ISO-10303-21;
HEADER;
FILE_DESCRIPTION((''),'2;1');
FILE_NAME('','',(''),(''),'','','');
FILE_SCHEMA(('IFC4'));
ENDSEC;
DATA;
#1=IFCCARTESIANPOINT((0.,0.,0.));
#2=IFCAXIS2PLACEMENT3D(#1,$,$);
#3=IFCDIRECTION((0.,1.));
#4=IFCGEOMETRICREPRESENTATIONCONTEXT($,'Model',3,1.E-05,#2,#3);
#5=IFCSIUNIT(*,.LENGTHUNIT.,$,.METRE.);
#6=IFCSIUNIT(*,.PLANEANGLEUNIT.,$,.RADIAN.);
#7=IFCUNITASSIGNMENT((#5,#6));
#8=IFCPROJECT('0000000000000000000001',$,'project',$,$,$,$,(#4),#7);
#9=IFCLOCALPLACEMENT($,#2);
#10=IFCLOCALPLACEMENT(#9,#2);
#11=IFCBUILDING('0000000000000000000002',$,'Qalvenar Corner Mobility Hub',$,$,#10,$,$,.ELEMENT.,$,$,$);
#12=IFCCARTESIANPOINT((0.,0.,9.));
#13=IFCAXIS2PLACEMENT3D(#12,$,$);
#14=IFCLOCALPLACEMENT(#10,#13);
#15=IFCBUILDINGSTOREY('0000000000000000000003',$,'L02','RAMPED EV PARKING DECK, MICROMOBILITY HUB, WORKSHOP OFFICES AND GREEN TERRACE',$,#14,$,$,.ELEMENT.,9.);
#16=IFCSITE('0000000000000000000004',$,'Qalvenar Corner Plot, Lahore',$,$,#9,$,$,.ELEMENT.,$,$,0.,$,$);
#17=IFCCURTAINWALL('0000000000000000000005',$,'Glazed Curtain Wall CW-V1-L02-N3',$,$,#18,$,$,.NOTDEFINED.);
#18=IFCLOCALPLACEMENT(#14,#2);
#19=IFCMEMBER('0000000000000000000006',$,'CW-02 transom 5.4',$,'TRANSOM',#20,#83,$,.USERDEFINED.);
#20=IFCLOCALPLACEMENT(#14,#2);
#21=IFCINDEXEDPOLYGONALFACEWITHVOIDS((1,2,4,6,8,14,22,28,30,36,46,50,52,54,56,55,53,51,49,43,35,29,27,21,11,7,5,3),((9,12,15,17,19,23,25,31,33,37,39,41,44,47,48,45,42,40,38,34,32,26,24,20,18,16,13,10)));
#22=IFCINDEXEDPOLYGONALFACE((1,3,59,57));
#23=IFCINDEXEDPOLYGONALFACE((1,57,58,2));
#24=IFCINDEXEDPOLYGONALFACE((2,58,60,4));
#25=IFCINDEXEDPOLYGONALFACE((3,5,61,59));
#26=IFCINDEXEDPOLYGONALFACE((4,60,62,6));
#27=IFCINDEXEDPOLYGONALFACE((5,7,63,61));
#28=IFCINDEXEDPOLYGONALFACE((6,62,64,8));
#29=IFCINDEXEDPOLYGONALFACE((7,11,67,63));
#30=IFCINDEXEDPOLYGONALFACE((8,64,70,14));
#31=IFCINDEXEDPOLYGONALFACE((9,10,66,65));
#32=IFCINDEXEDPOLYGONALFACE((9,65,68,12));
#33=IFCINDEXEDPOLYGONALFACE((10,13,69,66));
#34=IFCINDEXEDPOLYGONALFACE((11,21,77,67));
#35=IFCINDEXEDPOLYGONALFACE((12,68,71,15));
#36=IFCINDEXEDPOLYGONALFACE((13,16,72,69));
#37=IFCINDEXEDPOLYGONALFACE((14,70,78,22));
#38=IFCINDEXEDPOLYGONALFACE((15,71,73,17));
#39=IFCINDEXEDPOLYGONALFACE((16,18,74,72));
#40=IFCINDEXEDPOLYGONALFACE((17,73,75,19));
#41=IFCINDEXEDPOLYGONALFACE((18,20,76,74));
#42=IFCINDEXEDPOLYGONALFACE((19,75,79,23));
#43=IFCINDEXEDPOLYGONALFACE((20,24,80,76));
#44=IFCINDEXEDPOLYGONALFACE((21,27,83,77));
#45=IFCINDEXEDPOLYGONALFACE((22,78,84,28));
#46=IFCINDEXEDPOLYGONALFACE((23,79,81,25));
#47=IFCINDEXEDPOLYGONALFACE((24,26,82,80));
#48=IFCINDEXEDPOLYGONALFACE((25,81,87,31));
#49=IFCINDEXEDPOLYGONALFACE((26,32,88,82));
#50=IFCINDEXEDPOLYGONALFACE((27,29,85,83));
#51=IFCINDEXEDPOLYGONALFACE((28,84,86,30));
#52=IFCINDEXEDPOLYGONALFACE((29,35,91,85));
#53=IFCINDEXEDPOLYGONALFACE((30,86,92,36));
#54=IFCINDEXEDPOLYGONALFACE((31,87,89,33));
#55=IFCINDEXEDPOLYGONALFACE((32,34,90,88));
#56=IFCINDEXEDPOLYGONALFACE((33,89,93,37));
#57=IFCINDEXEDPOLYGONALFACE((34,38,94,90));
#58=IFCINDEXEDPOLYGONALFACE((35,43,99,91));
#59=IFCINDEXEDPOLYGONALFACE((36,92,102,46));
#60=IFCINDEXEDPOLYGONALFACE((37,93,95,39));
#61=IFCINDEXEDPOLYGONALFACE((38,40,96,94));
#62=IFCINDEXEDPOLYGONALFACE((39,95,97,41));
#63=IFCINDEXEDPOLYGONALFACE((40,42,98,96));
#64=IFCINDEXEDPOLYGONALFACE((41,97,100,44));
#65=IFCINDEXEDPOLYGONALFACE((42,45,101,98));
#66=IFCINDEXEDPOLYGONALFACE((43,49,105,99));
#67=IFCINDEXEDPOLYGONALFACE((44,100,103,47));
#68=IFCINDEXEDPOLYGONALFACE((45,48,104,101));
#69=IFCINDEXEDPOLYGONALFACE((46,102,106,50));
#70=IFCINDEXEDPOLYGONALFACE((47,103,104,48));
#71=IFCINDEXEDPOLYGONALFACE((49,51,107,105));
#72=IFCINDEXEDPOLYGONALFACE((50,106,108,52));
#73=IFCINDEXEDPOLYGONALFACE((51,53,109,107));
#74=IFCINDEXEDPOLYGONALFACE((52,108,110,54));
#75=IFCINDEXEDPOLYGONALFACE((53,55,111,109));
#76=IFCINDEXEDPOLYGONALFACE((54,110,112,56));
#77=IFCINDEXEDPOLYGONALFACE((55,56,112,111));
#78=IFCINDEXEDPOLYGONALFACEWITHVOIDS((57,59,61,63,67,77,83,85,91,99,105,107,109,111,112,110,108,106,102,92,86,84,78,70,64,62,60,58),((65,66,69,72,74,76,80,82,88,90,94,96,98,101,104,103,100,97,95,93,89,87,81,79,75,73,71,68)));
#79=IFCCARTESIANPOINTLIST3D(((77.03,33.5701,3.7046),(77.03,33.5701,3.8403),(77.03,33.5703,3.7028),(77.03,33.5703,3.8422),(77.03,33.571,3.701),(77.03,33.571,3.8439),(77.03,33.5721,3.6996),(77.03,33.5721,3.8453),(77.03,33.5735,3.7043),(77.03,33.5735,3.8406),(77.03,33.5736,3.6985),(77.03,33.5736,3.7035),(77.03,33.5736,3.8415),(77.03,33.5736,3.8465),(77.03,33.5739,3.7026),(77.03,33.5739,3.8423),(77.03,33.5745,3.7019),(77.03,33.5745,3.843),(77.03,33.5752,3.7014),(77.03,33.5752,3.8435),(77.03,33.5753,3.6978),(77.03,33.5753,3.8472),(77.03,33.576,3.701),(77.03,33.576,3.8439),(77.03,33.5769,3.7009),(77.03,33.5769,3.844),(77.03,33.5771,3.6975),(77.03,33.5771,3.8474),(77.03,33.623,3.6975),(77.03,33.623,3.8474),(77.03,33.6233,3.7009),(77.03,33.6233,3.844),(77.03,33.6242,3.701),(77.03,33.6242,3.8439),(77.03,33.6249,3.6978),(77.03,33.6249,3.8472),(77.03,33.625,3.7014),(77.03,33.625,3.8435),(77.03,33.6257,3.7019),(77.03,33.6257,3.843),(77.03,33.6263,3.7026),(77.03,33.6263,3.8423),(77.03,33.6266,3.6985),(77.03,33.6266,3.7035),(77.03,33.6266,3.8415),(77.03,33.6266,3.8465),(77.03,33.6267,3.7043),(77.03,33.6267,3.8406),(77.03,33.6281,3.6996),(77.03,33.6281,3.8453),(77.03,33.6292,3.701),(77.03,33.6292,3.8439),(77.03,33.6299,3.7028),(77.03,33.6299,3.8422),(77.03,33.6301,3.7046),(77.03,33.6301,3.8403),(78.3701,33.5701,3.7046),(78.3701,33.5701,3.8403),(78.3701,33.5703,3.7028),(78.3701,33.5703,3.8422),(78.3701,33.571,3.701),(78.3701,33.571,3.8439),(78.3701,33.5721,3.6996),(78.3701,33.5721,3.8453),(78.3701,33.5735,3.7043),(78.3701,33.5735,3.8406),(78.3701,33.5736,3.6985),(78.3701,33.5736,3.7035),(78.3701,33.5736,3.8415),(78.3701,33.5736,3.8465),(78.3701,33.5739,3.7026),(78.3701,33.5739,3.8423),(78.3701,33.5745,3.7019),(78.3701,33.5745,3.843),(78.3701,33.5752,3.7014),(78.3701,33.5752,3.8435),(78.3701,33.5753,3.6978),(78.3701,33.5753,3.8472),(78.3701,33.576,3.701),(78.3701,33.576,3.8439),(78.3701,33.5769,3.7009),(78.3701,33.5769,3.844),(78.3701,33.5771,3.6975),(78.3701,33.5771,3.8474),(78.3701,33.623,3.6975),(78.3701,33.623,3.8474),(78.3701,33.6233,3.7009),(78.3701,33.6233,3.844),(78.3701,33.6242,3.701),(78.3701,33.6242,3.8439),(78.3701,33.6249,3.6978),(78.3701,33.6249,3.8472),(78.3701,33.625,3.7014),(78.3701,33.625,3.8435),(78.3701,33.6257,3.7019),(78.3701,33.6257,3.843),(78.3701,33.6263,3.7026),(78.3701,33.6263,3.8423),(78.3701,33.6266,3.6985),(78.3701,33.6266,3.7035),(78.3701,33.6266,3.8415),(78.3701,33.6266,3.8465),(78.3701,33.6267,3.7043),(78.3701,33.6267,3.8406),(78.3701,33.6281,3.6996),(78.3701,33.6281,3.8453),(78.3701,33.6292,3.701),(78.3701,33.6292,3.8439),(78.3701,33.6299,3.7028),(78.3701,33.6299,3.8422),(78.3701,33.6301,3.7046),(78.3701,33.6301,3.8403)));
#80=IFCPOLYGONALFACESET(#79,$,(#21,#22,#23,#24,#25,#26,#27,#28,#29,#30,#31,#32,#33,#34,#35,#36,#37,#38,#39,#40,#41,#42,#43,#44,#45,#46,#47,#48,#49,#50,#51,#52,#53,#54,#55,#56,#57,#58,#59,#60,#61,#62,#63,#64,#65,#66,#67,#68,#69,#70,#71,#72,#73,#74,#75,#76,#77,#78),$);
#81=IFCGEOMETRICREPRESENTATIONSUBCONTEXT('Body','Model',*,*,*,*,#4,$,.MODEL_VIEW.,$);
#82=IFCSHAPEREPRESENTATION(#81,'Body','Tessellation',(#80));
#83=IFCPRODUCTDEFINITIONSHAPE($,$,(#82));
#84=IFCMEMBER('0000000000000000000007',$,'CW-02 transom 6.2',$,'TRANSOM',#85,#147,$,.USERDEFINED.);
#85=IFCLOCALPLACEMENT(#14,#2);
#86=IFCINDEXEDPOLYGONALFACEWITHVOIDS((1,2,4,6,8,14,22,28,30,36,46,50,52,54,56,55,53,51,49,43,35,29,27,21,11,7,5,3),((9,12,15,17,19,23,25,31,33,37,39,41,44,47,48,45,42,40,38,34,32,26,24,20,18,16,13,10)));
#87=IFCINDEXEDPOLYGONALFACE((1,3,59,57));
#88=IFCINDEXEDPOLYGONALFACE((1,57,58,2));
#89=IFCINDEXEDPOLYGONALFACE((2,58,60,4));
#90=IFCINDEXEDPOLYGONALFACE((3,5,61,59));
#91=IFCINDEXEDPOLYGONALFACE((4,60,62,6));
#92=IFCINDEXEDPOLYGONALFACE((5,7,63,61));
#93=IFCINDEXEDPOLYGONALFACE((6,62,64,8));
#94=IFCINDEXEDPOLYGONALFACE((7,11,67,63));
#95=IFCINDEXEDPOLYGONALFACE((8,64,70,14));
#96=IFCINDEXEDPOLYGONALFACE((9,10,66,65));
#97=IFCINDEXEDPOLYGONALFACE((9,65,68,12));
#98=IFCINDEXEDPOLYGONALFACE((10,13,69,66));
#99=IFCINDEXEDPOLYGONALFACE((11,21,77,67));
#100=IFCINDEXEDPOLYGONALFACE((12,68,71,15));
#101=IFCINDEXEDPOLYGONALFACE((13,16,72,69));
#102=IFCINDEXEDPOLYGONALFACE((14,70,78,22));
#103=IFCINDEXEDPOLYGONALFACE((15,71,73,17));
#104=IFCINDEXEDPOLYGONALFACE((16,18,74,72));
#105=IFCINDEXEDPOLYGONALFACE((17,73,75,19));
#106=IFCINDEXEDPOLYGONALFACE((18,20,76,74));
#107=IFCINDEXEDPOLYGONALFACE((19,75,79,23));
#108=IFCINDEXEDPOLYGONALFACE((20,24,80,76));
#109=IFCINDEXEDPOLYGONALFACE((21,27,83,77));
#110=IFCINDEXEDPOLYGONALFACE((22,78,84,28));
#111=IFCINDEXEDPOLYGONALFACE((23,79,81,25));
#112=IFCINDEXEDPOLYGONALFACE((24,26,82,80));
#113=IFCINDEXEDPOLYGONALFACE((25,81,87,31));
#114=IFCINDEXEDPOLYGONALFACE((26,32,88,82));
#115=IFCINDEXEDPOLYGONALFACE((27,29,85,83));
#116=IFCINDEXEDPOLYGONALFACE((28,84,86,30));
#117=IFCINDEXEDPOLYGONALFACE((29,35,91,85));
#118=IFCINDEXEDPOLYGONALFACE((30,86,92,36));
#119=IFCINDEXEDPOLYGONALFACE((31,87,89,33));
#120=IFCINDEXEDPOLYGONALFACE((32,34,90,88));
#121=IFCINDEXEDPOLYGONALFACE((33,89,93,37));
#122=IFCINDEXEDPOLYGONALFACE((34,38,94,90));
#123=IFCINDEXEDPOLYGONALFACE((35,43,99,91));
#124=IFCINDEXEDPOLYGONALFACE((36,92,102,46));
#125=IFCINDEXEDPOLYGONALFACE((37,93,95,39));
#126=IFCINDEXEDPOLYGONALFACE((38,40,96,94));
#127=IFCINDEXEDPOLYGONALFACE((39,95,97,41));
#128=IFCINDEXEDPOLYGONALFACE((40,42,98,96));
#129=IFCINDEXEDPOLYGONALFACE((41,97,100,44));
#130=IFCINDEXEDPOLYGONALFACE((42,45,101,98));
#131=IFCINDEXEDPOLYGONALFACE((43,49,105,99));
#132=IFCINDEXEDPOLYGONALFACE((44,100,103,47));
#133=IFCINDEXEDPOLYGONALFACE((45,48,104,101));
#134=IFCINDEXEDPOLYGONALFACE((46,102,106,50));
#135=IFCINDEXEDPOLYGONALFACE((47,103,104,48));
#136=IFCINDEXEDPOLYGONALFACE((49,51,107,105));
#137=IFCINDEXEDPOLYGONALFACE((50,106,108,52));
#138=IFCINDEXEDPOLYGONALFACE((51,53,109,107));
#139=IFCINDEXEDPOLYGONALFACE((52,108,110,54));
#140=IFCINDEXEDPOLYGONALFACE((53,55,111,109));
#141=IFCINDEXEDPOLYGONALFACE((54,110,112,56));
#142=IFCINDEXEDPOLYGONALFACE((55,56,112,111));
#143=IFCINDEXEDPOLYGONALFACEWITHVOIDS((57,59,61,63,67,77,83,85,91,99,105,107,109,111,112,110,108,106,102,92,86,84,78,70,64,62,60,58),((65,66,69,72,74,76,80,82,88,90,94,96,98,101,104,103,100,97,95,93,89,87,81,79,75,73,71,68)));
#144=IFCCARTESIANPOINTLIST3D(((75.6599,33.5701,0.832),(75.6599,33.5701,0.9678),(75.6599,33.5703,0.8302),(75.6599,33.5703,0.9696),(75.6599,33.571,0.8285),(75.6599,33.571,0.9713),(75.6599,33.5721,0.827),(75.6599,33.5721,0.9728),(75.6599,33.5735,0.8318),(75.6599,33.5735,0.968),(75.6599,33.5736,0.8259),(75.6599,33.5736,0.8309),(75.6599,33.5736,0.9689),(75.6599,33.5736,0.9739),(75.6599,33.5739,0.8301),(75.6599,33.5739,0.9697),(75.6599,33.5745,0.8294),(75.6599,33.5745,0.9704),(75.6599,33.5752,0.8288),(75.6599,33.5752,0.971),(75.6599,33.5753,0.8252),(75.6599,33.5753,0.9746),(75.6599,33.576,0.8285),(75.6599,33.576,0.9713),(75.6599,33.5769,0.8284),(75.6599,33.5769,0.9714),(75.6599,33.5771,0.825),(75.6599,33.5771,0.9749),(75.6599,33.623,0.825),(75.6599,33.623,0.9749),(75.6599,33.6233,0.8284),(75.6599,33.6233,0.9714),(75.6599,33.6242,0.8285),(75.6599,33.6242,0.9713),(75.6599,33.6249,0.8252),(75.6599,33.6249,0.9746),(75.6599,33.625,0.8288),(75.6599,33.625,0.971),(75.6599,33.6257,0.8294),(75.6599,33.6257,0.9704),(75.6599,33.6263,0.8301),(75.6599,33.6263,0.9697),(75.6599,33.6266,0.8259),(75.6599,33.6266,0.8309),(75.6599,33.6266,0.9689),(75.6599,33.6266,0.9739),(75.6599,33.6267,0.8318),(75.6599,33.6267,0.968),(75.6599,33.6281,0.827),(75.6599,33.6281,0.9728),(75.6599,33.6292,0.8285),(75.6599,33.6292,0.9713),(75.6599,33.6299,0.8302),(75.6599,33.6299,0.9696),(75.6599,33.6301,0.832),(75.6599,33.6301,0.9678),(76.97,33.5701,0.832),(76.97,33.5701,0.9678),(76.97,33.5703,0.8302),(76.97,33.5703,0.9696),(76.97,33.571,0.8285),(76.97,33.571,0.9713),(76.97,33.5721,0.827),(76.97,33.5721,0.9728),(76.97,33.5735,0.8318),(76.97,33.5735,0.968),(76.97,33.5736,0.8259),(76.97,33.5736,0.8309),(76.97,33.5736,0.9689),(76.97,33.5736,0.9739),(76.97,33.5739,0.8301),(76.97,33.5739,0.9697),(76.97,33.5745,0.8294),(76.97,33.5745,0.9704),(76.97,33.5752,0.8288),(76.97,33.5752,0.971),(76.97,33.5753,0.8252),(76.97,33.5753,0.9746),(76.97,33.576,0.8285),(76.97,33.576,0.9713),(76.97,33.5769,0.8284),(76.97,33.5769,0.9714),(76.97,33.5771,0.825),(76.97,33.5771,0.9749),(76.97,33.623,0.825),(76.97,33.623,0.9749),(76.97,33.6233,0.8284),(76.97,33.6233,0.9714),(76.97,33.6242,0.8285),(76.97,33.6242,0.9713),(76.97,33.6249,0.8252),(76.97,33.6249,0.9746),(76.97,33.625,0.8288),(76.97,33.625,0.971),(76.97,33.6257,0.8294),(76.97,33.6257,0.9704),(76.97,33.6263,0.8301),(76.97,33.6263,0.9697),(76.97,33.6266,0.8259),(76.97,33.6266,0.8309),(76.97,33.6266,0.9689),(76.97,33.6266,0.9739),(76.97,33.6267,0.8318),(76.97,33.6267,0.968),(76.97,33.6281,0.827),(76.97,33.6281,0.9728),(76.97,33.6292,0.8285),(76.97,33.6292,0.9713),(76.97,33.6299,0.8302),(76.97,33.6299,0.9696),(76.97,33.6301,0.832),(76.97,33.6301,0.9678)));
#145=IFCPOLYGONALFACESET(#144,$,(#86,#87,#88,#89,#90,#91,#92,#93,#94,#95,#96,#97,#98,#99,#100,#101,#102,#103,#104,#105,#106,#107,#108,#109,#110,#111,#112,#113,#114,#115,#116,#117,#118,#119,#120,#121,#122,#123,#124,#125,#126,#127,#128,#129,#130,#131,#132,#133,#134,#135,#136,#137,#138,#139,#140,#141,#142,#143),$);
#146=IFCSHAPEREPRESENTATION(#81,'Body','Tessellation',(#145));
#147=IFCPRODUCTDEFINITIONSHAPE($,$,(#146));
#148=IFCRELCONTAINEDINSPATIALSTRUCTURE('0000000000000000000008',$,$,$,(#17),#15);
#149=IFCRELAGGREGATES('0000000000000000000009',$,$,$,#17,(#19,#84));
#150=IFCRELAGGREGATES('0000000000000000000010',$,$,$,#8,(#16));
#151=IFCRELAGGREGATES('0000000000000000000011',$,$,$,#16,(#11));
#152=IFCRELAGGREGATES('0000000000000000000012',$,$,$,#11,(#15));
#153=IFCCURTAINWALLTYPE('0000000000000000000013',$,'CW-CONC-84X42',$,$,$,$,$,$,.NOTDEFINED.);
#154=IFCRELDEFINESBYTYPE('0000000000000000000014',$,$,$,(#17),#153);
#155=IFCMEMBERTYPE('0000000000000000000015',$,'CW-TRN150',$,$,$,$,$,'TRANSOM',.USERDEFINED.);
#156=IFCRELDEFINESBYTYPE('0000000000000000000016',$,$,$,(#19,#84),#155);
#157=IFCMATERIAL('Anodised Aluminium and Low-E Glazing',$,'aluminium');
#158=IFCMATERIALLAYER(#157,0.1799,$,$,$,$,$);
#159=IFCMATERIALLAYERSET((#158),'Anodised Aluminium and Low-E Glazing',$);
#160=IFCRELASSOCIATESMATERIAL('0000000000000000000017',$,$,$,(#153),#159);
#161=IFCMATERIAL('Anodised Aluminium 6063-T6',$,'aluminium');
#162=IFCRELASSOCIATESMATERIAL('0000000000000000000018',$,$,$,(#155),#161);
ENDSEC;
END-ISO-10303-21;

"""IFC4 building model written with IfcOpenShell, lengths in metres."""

from ifc_helpers import new_model, si_unit, direction, frame, origin, origin_2d, place, context, subcontext, project, spatial, hollow_rectangle, extrude, material, layer, layer_set, material_profile, profile_set, type_object, element, aggregate, save


model = new_model("IFC4")

# Units and contexts
model_context = context("Model", 3, precision=1e-05, world=origin(), true_north=direction((0.0, 1.0)))
body_context = subcontext(model_context, "Body", "Model", "MODEL_VIEW")
ifc_project = project(units=[si_unit("LENGTHUNIT", "METRE"), si_unit("PLANEANGLEUNIT", "RADIAN")], contexts=[model_context])

# Site, building, storey
site_placement = place(None, origin())
site = spatial("IfcSite", under=ifc_project, at=site_placement, Name="Qalvenar Corner Plot, Lahore", CompositionType="ELEMENT", RefElevation=0.0)
building_placement = place(site_placement, origin())
building = spatial("IfcBuilding", under=site, at=building_placement, Name="Qalvenar Corner Mobility Hub", CompositionType="ELEMENT")
storey_placement = place(building_placement, frame((0.0, 0.0, 9.0)))
storey = spatial("IfcBuildingStorey", under=building, at=storey_placement, Name="L02", Description="RAMPED EV PARKING DECK, MICROMOBILITY HUB, WORKSHOP OFFICES AND GREEN TERRACE", CompositionType="ELEMENT", Elevation=9.0)

# Curtain wall, members
ifc_material_1 = material(Name="Anodised Aluminium and Low-E Glazing", Category="aluminium")
ifc_layer_1 = layer(ifc_material_1, 0.1799)
ifc_layer_set_1 = layer_set([ifc_layer_1], Name="Anodised Aluminium and Low-E Glazing")
curtain_wall_type = type_object("IfcCurtainWallType", Name="CW-CONC-84X42", PredefinedType="NOTDEFINED", material=ifc_layer_set_1)
curtain_wall_placement = place(storey_placement, origin())
curtain_wall = element("IfcCurtainWall", 1, at=curtain_wall_placement, inside=storey, type_object=curtain_wall_type, Name="Glazed Curtain Wall CW-V1-L02-N3", PredefinedType="NOTDEFINED")
ifc_material_2 = material(Name="Anodised Aluminium 6063-T6", Category="aluminium")
ifc_material_profile_1 = material_profile(ifc_material_2, hollow_rectangle(XDim=0.0601, YDim=0.1499, WallThickness=0.0034, InnerFilletRadius=0.0034, OuterFilletRadius=0.0071, at=origin_2d()), Name="RHS150x60x3.5")
ifc_profile_set_1 = profile_set([ifc_material_profile_1], Name="Anodised Aluminium 6063-T6")
member_type_1 = type_object("IfcMemberType", Name="CW-TRN150", ElementType="TRANSOM", PredefinedType="USERDEFINED", material=ifc_profile_set_1)
member_1_placement = place(storey_placement, frame((78.3701, 33.6001, 3.7725), z_axis=(-1.0, 0.0, 0.0), x_axis=(0.0, -1.0, 0.0)))
member_1 = element("IfcMember", 2, at=member_1_placement, type_object=member_type_1, Name="CW-02 transom 5.4", ObjectType="TRANSOM", PredefinedType="USERDEFINED", context=body_context, shape_type="SweptSolid", body=[
    extrude(hollow_rectangle(XDim=0.0601, YDim=0.1499, WallThickness=0.0034, InnerFilletRadius=0.0034, OuterFilletRadius=0.0071, at=origin_2d()), origin(), (0.0, 0.0, 1.0), 1.3401),
])
member_2_placement = place(storey_placement, frame((76.97, 33.6001, 0.8999), z_axis=(-1.0, 0.0, 0.0), x_axis=(0.0, -1.0, 0.0)))
member_2 = element("IfcMember", 3, at=member_2_placement, type_object=member_type_1, Name="CW-02 transom 6.2", ObjectType="TRANSOM", PredefinedType="USERDEFINED", context=body_context, shape_type="SweptSolid", body=[
    extrude(hollow_rectangle(XDim=0.0601, YDim=0.1499, WallThickness=0.0034, InnerFilletRadius=0.0034, OuterFilletRadius=0.0071, at=origin_2d()), origin(), (0.0, 0.0, 1.0), 1.3101),
])
aggregate(curtain_wall, [member_1, member_2])

save(model, "model.ifc")
